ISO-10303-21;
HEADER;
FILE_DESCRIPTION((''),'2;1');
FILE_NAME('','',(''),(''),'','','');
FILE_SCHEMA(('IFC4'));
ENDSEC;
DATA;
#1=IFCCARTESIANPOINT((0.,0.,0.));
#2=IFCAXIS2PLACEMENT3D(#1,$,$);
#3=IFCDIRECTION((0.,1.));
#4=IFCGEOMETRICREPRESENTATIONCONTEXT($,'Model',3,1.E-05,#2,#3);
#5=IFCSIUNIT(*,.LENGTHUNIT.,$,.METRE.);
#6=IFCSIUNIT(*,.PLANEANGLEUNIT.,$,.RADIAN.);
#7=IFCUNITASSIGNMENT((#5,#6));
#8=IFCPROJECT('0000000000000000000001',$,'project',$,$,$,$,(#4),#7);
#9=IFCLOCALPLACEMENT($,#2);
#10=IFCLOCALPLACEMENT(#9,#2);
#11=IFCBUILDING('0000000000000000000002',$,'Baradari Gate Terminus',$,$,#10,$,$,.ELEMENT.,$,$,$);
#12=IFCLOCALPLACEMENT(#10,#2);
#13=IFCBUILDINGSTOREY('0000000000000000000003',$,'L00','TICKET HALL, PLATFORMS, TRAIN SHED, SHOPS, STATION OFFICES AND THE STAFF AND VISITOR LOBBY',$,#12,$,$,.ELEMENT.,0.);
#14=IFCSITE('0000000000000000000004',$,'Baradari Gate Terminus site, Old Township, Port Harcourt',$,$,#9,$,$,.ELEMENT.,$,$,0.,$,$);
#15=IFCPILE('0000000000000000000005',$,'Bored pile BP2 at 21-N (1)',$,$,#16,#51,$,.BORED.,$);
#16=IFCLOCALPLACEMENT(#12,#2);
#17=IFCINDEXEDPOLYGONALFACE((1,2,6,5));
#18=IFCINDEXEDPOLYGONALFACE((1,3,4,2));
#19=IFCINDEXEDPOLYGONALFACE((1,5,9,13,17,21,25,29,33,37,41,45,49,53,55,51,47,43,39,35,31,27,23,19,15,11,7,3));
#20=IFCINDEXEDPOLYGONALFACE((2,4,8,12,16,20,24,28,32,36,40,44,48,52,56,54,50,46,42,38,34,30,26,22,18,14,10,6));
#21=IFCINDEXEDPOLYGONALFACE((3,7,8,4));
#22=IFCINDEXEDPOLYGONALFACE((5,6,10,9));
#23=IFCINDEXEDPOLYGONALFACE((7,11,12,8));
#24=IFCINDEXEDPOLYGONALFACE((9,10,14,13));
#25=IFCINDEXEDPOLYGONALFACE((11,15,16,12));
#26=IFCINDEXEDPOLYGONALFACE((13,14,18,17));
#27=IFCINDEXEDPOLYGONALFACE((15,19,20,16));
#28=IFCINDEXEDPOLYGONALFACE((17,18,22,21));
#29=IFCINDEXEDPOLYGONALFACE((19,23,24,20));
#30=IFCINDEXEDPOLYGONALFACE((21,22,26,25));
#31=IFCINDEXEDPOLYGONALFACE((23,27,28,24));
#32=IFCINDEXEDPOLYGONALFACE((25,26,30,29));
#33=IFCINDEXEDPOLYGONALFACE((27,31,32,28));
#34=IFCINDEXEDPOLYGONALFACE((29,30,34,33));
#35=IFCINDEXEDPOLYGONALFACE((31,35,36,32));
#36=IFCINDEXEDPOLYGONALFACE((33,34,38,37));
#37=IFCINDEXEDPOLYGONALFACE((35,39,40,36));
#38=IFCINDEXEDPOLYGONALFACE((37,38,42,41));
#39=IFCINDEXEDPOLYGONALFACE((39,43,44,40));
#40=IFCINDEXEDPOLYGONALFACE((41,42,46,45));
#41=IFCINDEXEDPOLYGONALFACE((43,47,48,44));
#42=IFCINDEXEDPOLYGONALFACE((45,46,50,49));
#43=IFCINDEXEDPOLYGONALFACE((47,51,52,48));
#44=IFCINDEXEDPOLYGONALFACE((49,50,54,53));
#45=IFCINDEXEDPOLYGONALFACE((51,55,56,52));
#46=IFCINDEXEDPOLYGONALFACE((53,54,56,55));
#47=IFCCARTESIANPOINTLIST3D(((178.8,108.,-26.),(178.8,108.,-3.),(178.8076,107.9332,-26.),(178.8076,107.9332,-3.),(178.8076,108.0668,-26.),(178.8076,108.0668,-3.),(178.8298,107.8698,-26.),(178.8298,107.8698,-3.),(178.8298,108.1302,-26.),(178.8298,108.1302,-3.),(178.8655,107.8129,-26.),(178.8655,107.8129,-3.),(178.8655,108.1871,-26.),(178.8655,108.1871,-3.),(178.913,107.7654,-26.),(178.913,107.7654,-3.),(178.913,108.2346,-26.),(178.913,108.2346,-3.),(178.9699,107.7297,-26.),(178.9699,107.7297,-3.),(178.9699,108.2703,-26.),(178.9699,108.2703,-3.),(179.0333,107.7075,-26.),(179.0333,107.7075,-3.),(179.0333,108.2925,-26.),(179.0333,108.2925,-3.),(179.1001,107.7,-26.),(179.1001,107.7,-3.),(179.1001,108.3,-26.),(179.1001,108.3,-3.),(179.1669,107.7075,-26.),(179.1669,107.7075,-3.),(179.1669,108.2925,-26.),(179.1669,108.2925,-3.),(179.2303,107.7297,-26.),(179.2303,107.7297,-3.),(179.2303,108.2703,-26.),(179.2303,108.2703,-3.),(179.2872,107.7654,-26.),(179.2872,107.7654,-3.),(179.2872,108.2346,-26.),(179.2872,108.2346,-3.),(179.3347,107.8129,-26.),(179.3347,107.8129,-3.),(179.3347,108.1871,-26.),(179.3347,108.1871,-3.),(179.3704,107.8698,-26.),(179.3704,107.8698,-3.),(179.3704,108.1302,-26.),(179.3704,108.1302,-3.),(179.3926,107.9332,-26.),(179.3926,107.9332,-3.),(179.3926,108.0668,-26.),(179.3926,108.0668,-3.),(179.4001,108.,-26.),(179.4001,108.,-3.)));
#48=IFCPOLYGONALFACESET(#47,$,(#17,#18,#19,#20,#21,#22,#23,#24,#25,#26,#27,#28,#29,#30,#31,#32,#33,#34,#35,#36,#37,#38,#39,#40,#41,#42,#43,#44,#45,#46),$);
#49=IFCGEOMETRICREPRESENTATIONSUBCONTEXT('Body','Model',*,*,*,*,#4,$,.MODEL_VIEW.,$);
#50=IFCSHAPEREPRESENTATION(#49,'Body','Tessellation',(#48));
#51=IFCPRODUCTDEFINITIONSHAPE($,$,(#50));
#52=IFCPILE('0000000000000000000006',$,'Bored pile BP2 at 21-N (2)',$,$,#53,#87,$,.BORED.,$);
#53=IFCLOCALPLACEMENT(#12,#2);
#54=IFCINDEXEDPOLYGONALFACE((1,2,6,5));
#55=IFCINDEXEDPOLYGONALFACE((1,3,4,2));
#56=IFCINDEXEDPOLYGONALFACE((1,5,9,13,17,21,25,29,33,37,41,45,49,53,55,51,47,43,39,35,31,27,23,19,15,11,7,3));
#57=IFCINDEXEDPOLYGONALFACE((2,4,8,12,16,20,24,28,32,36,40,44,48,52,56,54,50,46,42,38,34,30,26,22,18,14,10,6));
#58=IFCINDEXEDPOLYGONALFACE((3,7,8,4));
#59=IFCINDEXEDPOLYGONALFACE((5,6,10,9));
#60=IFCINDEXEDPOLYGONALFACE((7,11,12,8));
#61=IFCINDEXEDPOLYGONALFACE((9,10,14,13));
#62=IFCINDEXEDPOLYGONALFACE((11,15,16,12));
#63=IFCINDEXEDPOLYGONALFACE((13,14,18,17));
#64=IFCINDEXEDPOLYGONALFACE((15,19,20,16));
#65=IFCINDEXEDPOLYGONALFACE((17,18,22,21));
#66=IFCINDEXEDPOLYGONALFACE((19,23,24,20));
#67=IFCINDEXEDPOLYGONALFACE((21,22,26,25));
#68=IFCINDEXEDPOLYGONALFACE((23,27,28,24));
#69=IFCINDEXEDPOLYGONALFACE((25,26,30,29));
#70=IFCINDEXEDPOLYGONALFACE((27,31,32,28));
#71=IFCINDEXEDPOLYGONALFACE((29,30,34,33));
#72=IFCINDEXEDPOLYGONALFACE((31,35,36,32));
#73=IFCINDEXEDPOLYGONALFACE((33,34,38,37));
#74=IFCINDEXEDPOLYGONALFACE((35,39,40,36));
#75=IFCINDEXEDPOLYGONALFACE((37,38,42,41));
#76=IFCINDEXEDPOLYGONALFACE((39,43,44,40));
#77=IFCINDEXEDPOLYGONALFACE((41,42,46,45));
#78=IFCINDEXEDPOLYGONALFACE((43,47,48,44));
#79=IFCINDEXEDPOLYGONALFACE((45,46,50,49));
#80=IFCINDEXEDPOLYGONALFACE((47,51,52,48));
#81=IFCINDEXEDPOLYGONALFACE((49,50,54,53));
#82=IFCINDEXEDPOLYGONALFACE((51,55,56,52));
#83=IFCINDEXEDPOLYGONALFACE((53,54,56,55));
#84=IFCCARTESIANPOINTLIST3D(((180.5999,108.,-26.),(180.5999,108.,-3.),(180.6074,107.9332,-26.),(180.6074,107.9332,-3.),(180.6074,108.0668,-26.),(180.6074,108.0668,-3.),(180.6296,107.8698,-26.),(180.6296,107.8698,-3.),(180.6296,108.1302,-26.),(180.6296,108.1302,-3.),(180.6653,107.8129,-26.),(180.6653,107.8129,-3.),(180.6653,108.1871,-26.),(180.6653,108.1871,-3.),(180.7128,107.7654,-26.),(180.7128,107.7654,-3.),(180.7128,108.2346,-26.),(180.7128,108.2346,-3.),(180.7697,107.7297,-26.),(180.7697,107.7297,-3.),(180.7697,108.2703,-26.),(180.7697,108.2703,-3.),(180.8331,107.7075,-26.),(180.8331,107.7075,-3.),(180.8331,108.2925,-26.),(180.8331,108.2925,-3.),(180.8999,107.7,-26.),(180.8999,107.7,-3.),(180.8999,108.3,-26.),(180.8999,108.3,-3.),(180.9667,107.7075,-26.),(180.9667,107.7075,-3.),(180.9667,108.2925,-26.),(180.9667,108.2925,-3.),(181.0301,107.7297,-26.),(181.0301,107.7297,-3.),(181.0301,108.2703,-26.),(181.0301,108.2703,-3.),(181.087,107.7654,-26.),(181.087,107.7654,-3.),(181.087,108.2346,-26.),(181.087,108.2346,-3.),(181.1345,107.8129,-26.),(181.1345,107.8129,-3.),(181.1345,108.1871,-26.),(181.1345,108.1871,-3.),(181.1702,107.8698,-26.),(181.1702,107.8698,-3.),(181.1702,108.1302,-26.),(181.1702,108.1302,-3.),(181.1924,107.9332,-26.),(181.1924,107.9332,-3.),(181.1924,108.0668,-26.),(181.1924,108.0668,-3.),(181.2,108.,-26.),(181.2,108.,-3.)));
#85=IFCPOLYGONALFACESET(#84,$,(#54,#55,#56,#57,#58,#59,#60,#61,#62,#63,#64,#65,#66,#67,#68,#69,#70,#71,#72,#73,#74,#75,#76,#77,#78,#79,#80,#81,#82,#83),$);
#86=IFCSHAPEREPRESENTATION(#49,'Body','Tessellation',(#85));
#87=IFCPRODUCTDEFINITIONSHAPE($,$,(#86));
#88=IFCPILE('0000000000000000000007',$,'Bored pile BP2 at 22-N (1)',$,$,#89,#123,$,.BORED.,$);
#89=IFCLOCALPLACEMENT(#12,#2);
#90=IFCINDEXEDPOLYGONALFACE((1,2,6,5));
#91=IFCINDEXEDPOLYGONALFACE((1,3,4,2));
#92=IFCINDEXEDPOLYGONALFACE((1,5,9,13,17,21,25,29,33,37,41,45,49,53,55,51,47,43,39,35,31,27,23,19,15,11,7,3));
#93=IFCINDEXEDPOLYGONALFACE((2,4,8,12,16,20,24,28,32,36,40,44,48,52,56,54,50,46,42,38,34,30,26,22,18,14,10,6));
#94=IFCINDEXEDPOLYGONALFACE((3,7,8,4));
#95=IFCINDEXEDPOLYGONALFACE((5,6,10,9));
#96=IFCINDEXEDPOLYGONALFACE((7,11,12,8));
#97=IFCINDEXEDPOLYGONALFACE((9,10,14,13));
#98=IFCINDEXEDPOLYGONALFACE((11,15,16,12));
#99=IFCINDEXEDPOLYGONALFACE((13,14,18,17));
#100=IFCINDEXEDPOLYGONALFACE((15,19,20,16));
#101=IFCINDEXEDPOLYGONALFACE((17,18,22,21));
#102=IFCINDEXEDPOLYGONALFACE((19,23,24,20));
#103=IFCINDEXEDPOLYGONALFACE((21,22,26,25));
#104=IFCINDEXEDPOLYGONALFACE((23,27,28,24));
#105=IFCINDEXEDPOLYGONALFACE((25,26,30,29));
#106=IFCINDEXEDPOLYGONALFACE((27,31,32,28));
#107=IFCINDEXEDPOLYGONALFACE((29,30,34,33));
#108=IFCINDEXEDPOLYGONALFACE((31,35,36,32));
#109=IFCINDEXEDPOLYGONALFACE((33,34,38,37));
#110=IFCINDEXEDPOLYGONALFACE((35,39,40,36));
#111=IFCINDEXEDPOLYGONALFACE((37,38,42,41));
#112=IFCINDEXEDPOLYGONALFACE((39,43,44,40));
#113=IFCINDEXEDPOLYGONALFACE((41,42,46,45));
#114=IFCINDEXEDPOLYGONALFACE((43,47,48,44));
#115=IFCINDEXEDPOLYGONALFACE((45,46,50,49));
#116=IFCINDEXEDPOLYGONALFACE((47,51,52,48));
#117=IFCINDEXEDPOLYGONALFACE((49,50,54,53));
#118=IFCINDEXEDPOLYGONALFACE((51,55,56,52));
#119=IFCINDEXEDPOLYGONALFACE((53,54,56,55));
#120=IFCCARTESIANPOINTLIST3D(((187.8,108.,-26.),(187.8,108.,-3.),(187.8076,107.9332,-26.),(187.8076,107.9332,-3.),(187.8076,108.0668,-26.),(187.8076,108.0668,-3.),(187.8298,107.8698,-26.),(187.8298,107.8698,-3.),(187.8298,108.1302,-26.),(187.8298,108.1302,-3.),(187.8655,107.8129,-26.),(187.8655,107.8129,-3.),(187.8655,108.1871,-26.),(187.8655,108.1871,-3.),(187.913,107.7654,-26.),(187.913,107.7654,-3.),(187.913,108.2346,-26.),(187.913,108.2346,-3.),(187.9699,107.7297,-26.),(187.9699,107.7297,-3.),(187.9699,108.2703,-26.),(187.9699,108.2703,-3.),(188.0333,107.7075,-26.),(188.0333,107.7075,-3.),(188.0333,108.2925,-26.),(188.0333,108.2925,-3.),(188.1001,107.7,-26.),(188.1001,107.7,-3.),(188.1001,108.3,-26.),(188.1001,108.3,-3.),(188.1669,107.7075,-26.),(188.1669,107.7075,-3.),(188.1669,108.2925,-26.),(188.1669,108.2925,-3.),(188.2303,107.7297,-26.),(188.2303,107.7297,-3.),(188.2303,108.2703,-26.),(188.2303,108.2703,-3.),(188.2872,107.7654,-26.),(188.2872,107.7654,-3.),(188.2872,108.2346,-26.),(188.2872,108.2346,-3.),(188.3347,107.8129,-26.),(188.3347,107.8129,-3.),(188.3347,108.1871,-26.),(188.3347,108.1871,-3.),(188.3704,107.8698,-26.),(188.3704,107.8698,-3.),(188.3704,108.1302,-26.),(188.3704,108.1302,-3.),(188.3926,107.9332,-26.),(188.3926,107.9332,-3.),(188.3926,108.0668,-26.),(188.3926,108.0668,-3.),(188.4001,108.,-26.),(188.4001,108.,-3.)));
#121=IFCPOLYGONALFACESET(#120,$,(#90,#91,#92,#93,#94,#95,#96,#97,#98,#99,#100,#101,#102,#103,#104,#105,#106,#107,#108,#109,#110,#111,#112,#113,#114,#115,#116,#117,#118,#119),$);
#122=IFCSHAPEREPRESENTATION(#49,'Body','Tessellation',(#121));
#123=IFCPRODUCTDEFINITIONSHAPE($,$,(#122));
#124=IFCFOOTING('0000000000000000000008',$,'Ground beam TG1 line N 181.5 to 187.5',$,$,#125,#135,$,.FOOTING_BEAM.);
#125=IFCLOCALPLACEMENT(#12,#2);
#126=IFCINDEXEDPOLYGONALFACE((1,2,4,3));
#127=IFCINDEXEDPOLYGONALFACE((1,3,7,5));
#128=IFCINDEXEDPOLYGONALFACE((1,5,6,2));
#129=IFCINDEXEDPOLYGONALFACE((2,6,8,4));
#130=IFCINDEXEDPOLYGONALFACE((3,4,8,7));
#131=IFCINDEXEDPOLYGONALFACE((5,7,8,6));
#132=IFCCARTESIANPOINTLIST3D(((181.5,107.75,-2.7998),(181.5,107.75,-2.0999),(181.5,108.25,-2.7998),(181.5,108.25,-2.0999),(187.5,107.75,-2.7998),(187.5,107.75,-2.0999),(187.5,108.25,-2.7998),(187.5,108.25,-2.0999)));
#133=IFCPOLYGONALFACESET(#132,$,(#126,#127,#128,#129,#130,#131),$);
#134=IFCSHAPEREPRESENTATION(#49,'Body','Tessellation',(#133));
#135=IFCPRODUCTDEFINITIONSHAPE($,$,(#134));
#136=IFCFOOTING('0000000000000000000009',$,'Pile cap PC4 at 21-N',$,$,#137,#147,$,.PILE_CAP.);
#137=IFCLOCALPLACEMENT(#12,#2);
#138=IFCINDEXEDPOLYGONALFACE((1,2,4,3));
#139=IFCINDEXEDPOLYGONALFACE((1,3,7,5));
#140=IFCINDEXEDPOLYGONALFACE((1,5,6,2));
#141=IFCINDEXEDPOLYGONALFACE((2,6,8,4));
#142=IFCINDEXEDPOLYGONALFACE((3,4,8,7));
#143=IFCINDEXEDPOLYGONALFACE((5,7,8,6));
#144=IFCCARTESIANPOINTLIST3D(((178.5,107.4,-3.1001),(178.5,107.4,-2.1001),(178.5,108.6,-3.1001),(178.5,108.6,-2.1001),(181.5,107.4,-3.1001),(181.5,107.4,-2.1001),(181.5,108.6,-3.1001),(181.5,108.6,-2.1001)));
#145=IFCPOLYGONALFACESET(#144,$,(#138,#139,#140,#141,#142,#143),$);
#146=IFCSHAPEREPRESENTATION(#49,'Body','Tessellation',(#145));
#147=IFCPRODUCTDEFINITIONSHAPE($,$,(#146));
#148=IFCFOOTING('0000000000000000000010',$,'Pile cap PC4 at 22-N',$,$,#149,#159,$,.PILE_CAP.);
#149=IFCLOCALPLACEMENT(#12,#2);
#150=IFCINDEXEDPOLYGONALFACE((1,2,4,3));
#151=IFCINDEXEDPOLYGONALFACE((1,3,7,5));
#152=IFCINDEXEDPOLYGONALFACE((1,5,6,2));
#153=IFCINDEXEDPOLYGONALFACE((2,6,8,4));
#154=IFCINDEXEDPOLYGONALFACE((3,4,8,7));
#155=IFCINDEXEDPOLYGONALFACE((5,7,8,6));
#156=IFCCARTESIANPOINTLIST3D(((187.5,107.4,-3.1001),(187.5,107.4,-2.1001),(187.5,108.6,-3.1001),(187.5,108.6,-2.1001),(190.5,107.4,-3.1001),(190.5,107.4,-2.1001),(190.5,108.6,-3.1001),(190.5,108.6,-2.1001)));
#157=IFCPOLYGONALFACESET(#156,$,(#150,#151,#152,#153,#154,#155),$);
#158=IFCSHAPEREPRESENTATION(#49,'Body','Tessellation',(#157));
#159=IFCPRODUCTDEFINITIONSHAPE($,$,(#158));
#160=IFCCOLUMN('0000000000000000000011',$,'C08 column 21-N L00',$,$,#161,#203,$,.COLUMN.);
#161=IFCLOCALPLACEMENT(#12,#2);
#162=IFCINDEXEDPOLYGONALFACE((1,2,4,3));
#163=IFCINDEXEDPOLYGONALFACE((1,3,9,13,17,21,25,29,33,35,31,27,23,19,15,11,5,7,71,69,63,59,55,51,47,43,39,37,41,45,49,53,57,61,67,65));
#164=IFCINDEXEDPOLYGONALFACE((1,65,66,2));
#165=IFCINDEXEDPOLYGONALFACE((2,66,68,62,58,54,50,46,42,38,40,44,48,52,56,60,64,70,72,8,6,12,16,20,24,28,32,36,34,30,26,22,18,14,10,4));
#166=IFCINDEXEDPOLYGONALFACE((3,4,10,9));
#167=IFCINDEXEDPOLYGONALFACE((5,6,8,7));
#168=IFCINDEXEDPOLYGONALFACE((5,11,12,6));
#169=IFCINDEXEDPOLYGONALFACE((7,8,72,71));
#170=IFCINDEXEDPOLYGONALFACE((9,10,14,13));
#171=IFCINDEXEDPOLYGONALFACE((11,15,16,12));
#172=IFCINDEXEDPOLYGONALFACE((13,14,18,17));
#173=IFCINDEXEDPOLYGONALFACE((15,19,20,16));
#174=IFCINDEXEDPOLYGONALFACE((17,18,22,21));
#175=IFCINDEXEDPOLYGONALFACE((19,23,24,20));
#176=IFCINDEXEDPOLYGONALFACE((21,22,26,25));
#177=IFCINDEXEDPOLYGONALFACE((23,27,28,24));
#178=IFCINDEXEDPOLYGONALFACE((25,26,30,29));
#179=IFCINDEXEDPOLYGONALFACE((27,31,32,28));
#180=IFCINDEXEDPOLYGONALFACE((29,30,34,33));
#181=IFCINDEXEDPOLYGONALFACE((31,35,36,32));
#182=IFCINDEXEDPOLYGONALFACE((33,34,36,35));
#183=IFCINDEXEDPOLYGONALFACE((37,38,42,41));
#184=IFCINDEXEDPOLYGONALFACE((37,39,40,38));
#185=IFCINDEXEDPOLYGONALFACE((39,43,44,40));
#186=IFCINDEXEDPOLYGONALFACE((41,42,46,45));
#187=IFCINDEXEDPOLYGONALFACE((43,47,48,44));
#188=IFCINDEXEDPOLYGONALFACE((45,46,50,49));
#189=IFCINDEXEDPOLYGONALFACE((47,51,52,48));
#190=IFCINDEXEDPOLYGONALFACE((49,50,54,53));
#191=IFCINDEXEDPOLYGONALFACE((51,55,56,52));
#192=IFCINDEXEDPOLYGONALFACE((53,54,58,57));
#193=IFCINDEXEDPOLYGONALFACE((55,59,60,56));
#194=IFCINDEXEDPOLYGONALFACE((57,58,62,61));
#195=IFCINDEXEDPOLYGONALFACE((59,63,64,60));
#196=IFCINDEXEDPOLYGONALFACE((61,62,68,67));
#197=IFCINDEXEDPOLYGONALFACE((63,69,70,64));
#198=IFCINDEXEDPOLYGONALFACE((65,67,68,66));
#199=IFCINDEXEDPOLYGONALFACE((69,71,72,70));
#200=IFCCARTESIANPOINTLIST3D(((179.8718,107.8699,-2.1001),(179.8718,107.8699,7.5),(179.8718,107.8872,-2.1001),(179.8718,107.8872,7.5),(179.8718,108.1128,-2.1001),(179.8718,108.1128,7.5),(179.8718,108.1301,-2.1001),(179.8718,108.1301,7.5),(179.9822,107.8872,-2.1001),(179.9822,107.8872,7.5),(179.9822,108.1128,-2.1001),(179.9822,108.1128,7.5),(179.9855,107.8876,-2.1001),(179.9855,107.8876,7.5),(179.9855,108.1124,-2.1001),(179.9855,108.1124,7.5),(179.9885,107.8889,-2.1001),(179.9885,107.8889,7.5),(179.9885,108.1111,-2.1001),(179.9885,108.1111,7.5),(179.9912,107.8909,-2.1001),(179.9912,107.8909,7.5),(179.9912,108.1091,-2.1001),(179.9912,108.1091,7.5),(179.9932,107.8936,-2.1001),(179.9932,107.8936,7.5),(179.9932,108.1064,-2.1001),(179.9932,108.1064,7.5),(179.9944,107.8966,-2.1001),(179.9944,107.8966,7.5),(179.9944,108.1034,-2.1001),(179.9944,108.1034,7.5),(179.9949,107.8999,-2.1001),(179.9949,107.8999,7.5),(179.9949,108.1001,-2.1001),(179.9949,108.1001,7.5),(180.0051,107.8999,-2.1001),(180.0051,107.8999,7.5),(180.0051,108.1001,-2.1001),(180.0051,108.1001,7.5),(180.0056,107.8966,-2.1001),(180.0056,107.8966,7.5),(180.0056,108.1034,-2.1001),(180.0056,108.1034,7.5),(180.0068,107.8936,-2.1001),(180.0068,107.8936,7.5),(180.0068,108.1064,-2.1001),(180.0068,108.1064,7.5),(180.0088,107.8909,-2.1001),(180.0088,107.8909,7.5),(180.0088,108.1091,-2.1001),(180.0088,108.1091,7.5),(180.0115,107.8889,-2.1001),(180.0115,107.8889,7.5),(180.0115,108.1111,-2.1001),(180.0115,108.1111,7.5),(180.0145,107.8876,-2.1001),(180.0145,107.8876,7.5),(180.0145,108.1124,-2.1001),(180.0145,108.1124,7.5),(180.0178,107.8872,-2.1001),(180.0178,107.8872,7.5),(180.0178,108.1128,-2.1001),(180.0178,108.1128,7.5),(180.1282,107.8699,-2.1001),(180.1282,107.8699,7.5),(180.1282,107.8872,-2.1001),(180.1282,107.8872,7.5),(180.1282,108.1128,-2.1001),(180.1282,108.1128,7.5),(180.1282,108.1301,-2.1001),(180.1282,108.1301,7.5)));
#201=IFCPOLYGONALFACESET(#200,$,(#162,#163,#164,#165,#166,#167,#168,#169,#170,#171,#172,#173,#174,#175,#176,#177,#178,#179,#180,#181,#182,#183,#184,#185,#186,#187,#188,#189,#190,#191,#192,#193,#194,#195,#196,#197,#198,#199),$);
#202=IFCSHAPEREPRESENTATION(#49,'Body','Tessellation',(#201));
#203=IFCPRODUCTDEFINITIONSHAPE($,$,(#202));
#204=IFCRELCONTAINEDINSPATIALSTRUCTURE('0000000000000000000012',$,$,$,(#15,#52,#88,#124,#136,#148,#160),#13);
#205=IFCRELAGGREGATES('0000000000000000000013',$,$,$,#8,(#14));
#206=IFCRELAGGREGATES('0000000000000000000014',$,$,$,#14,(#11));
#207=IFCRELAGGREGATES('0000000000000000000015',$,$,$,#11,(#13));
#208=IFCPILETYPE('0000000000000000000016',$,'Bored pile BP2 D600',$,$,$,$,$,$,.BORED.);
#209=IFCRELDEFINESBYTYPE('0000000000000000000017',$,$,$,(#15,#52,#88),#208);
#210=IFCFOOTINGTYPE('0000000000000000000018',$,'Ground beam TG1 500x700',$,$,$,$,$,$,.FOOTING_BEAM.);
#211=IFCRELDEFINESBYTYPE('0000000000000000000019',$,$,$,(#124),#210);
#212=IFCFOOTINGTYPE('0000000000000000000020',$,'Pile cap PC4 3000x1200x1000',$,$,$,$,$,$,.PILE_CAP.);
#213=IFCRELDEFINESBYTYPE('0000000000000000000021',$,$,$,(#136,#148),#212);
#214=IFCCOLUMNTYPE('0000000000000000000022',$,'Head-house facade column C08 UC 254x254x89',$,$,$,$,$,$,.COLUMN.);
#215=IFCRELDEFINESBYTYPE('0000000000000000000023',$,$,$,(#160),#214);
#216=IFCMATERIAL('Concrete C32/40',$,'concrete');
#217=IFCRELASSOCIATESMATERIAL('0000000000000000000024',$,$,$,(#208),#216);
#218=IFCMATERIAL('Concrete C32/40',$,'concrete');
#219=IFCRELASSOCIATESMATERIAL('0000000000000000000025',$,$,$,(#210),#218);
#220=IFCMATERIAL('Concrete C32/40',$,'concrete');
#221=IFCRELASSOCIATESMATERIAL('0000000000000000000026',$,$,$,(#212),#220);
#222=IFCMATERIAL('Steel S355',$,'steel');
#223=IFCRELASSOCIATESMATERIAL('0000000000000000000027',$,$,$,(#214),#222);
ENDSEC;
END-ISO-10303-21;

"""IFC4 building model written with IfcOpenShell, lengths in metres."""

from ifc_helpers import new_model, si_unit, direction, frame, origin, origin_2d, place, context, subcontext, project, spatial, rectangle, circle, i_section, extrude, material, material_profile, profile_set, type_object, element, save


model = new_model("IFC4")

# Units and contexts
model_context = context("Model", 3, precision=1e-05, world=origin(), true_north=direction((0.0, 1.0)))
body_context = subcontext(model_context, "Body", "Model", "MODEL_VIEW")
ifc_project = project(units=[si_unit("LENGTHUNIT", "METRE"), si_unit("PLANEANGLEUNIT", "RADIAN")], contexts=[model_context])

# Site, building, storey
site_placement = place(None, origin())
site = spatial("IfcSite", under=ifc_project, at=site_placement, Name="Baradari Gate Terminus site, Old Township, Port Harcourt", CompositionType="ELEMENT", RefElevation=0.0)
building_placement = place(site_placement, origin())
building = spatial("IfcBuilding", under=site, at=building_placement, Name="Baradari Gate Terminus", CompositionType="ELEMENT")
storey_placement = place(building_placement, origin())
storey = spatial("IfcBuildingStorey", under=building, at=storey_placement, Name="L00", Description="TICKET HALL, PLATFORMS, TRAIN SHED, SHOPS, STATION OFFICES AND THE STAFF AND VISITOR LOBBY", CompositionType="ELEMENT", Elevation=0.0)

# Piles
ifc_material_1 = material(Name="Concrete C32/40", Category="concrete")
pile_type = type_object("IfcPileType", Name="Bored pile BP2 D600", PredefinedType="BORED", material=ifc_material_1)
for number, where, z_axis, x_axis, name in (
    (1, (179.1001, 108.0, -3.0), (0.0, 0.0, -1.0), (1.0, 0.0, 0.0), "Bored pile BP2 at 21-N (1)"),
    (2, (180.8999, 108.0, -3.0), (0.0, 0.0, -1.0), (1.0, 0.0, 0.0), "Bored pile BP2 at 21-N (2)"),
    (3, (188.1001, 108.0, -3.0), (0.0, 0.0, -1.0), (1.0, 0.0, 0.0), "Bored pile BP2 at 22-N (1)"),
):
    element("IfcPile", number, at=place(storey_placement, frame(where, z_axis=z_axis, x_axis=x_axis)), inside=storey, type_object=pile_type, Name=name, PredefinedType="BORED", context=body_context, shape_type="SweptSolid", body=[
        extrude(circle(Radius=0.3, at=origin_2d()), origin(), (0.0, 0.0, 1.0), 23.0),
    ])

# Footings
ifc_material_2 = material(Name="Concrete C32/40", Category="concrete")
footing_type_1 = type_object("IfcFootingType", Name="Ground beam TG1 500x700", PredefinedType="FOOTING_BEAM", material=ifc_material_2)
footing_placement = place(storey_placement, frame((184.5, 108.0, -2.7998), z_axis=(0.0, 0.0, 1.0), x_axis=(1.0, 0.0, 0.0)))
element("IfcFooting", 4, at=footing_placement, inside=storey, type_object=footing_type_1, Name="Ground beam TG1 line N 181.5 to 187.5", PredefinedType="FOOTING_BEAM", context=body_context, shape_type="SweptSolid", body=[
    extrude(rectangle(XDim=6.0, YDim=0.5, at=origin_2d()), origin(), (0.0, 0.0, 1.0), 0.7),
])
ifc_material_3 = material(Name="Concrete C32/40", Category="concrete")
footing_type_2 = type_object("IfcFootingType", Name="Pile cap PC4 3000x1200x1000", PredefinedType="PILE_CAP", material=ifc_material_3)
for number, where, z_axis, x_axis, name in (
    (5, (180.0, 108.0, -3.1001), (0.0, 0.0, 1.0), (1.0, 0.0, 0.0), "Pile cap PC4 at 21-N"),
    (6, (189.0, 108.0, -3.1001), (0.0, 0.0, 1.0), (1.0, 0.0, 0.0), "Pile cap PC4 at 22-N"),
):
    element("IfcFooting", number, at=place(storey_placement, frame(where, z_axis=z_axis, x_axis=x_axis)), inside=storey, type_object=footing_type_2, Name=name, PredefinedType="PILE_CAP", context=body_context, shape_type="SweptSolid", body=[
        extrude(rectangle(XDim=3.0, YDim=1.2, at=origin_2d()), origin(), (0.0, 0.0, 1.0), 1.0),
    ])

# Column
ifc_material_4 = material(Name="Steel S355", Category="steel")
ifc_material_profile_1 = material_profile(ifc_material_4, i_section(OverallWidth=0.2563, OverallDepth=0.2603, WebThickness=0.0103, FlangeThickness=0.0173, FilletRadius=0.0127, at=origin_2d()), Name="UC 254x254x89")
ifc_profile_set_1 = profile_set([ifc_material_profile_1], Name="Steel S355")
column_type = type_object("IfcColumnType", Name="Head-house facade column C08 UC 254x254x89", PredefinedType="COLUMN", material=ifc_profile_set_1)
for number, where, z_axis, x_axis, name in (
    (7, (180.0, 108.0, -2.1001), (0.0, 0.0, 1.0), (1.0, 0.0, 0.0), "C08 column 21-N L00"),
):
    element("IfcColumn", number, at=place(storey_placement, frame(where, z_axis=z_axis, x_axis=x_axis)), inside=storey, type_object=column_type, Name=name, PredefinedType="COLUMN", context=body_context, shape_type="SweptSolid", body=[
        extrude(i_section(OverallWidth=0.2563, OverallDepth=0.2603, WebThickness=0.0103, FlangeThickness=0.0173, FilletRadius=0.0127, at=origin_2d()), origin(), (0.0, 0.0, 1.0), 9.6001),
    ])

save(model, "model.ifc")
